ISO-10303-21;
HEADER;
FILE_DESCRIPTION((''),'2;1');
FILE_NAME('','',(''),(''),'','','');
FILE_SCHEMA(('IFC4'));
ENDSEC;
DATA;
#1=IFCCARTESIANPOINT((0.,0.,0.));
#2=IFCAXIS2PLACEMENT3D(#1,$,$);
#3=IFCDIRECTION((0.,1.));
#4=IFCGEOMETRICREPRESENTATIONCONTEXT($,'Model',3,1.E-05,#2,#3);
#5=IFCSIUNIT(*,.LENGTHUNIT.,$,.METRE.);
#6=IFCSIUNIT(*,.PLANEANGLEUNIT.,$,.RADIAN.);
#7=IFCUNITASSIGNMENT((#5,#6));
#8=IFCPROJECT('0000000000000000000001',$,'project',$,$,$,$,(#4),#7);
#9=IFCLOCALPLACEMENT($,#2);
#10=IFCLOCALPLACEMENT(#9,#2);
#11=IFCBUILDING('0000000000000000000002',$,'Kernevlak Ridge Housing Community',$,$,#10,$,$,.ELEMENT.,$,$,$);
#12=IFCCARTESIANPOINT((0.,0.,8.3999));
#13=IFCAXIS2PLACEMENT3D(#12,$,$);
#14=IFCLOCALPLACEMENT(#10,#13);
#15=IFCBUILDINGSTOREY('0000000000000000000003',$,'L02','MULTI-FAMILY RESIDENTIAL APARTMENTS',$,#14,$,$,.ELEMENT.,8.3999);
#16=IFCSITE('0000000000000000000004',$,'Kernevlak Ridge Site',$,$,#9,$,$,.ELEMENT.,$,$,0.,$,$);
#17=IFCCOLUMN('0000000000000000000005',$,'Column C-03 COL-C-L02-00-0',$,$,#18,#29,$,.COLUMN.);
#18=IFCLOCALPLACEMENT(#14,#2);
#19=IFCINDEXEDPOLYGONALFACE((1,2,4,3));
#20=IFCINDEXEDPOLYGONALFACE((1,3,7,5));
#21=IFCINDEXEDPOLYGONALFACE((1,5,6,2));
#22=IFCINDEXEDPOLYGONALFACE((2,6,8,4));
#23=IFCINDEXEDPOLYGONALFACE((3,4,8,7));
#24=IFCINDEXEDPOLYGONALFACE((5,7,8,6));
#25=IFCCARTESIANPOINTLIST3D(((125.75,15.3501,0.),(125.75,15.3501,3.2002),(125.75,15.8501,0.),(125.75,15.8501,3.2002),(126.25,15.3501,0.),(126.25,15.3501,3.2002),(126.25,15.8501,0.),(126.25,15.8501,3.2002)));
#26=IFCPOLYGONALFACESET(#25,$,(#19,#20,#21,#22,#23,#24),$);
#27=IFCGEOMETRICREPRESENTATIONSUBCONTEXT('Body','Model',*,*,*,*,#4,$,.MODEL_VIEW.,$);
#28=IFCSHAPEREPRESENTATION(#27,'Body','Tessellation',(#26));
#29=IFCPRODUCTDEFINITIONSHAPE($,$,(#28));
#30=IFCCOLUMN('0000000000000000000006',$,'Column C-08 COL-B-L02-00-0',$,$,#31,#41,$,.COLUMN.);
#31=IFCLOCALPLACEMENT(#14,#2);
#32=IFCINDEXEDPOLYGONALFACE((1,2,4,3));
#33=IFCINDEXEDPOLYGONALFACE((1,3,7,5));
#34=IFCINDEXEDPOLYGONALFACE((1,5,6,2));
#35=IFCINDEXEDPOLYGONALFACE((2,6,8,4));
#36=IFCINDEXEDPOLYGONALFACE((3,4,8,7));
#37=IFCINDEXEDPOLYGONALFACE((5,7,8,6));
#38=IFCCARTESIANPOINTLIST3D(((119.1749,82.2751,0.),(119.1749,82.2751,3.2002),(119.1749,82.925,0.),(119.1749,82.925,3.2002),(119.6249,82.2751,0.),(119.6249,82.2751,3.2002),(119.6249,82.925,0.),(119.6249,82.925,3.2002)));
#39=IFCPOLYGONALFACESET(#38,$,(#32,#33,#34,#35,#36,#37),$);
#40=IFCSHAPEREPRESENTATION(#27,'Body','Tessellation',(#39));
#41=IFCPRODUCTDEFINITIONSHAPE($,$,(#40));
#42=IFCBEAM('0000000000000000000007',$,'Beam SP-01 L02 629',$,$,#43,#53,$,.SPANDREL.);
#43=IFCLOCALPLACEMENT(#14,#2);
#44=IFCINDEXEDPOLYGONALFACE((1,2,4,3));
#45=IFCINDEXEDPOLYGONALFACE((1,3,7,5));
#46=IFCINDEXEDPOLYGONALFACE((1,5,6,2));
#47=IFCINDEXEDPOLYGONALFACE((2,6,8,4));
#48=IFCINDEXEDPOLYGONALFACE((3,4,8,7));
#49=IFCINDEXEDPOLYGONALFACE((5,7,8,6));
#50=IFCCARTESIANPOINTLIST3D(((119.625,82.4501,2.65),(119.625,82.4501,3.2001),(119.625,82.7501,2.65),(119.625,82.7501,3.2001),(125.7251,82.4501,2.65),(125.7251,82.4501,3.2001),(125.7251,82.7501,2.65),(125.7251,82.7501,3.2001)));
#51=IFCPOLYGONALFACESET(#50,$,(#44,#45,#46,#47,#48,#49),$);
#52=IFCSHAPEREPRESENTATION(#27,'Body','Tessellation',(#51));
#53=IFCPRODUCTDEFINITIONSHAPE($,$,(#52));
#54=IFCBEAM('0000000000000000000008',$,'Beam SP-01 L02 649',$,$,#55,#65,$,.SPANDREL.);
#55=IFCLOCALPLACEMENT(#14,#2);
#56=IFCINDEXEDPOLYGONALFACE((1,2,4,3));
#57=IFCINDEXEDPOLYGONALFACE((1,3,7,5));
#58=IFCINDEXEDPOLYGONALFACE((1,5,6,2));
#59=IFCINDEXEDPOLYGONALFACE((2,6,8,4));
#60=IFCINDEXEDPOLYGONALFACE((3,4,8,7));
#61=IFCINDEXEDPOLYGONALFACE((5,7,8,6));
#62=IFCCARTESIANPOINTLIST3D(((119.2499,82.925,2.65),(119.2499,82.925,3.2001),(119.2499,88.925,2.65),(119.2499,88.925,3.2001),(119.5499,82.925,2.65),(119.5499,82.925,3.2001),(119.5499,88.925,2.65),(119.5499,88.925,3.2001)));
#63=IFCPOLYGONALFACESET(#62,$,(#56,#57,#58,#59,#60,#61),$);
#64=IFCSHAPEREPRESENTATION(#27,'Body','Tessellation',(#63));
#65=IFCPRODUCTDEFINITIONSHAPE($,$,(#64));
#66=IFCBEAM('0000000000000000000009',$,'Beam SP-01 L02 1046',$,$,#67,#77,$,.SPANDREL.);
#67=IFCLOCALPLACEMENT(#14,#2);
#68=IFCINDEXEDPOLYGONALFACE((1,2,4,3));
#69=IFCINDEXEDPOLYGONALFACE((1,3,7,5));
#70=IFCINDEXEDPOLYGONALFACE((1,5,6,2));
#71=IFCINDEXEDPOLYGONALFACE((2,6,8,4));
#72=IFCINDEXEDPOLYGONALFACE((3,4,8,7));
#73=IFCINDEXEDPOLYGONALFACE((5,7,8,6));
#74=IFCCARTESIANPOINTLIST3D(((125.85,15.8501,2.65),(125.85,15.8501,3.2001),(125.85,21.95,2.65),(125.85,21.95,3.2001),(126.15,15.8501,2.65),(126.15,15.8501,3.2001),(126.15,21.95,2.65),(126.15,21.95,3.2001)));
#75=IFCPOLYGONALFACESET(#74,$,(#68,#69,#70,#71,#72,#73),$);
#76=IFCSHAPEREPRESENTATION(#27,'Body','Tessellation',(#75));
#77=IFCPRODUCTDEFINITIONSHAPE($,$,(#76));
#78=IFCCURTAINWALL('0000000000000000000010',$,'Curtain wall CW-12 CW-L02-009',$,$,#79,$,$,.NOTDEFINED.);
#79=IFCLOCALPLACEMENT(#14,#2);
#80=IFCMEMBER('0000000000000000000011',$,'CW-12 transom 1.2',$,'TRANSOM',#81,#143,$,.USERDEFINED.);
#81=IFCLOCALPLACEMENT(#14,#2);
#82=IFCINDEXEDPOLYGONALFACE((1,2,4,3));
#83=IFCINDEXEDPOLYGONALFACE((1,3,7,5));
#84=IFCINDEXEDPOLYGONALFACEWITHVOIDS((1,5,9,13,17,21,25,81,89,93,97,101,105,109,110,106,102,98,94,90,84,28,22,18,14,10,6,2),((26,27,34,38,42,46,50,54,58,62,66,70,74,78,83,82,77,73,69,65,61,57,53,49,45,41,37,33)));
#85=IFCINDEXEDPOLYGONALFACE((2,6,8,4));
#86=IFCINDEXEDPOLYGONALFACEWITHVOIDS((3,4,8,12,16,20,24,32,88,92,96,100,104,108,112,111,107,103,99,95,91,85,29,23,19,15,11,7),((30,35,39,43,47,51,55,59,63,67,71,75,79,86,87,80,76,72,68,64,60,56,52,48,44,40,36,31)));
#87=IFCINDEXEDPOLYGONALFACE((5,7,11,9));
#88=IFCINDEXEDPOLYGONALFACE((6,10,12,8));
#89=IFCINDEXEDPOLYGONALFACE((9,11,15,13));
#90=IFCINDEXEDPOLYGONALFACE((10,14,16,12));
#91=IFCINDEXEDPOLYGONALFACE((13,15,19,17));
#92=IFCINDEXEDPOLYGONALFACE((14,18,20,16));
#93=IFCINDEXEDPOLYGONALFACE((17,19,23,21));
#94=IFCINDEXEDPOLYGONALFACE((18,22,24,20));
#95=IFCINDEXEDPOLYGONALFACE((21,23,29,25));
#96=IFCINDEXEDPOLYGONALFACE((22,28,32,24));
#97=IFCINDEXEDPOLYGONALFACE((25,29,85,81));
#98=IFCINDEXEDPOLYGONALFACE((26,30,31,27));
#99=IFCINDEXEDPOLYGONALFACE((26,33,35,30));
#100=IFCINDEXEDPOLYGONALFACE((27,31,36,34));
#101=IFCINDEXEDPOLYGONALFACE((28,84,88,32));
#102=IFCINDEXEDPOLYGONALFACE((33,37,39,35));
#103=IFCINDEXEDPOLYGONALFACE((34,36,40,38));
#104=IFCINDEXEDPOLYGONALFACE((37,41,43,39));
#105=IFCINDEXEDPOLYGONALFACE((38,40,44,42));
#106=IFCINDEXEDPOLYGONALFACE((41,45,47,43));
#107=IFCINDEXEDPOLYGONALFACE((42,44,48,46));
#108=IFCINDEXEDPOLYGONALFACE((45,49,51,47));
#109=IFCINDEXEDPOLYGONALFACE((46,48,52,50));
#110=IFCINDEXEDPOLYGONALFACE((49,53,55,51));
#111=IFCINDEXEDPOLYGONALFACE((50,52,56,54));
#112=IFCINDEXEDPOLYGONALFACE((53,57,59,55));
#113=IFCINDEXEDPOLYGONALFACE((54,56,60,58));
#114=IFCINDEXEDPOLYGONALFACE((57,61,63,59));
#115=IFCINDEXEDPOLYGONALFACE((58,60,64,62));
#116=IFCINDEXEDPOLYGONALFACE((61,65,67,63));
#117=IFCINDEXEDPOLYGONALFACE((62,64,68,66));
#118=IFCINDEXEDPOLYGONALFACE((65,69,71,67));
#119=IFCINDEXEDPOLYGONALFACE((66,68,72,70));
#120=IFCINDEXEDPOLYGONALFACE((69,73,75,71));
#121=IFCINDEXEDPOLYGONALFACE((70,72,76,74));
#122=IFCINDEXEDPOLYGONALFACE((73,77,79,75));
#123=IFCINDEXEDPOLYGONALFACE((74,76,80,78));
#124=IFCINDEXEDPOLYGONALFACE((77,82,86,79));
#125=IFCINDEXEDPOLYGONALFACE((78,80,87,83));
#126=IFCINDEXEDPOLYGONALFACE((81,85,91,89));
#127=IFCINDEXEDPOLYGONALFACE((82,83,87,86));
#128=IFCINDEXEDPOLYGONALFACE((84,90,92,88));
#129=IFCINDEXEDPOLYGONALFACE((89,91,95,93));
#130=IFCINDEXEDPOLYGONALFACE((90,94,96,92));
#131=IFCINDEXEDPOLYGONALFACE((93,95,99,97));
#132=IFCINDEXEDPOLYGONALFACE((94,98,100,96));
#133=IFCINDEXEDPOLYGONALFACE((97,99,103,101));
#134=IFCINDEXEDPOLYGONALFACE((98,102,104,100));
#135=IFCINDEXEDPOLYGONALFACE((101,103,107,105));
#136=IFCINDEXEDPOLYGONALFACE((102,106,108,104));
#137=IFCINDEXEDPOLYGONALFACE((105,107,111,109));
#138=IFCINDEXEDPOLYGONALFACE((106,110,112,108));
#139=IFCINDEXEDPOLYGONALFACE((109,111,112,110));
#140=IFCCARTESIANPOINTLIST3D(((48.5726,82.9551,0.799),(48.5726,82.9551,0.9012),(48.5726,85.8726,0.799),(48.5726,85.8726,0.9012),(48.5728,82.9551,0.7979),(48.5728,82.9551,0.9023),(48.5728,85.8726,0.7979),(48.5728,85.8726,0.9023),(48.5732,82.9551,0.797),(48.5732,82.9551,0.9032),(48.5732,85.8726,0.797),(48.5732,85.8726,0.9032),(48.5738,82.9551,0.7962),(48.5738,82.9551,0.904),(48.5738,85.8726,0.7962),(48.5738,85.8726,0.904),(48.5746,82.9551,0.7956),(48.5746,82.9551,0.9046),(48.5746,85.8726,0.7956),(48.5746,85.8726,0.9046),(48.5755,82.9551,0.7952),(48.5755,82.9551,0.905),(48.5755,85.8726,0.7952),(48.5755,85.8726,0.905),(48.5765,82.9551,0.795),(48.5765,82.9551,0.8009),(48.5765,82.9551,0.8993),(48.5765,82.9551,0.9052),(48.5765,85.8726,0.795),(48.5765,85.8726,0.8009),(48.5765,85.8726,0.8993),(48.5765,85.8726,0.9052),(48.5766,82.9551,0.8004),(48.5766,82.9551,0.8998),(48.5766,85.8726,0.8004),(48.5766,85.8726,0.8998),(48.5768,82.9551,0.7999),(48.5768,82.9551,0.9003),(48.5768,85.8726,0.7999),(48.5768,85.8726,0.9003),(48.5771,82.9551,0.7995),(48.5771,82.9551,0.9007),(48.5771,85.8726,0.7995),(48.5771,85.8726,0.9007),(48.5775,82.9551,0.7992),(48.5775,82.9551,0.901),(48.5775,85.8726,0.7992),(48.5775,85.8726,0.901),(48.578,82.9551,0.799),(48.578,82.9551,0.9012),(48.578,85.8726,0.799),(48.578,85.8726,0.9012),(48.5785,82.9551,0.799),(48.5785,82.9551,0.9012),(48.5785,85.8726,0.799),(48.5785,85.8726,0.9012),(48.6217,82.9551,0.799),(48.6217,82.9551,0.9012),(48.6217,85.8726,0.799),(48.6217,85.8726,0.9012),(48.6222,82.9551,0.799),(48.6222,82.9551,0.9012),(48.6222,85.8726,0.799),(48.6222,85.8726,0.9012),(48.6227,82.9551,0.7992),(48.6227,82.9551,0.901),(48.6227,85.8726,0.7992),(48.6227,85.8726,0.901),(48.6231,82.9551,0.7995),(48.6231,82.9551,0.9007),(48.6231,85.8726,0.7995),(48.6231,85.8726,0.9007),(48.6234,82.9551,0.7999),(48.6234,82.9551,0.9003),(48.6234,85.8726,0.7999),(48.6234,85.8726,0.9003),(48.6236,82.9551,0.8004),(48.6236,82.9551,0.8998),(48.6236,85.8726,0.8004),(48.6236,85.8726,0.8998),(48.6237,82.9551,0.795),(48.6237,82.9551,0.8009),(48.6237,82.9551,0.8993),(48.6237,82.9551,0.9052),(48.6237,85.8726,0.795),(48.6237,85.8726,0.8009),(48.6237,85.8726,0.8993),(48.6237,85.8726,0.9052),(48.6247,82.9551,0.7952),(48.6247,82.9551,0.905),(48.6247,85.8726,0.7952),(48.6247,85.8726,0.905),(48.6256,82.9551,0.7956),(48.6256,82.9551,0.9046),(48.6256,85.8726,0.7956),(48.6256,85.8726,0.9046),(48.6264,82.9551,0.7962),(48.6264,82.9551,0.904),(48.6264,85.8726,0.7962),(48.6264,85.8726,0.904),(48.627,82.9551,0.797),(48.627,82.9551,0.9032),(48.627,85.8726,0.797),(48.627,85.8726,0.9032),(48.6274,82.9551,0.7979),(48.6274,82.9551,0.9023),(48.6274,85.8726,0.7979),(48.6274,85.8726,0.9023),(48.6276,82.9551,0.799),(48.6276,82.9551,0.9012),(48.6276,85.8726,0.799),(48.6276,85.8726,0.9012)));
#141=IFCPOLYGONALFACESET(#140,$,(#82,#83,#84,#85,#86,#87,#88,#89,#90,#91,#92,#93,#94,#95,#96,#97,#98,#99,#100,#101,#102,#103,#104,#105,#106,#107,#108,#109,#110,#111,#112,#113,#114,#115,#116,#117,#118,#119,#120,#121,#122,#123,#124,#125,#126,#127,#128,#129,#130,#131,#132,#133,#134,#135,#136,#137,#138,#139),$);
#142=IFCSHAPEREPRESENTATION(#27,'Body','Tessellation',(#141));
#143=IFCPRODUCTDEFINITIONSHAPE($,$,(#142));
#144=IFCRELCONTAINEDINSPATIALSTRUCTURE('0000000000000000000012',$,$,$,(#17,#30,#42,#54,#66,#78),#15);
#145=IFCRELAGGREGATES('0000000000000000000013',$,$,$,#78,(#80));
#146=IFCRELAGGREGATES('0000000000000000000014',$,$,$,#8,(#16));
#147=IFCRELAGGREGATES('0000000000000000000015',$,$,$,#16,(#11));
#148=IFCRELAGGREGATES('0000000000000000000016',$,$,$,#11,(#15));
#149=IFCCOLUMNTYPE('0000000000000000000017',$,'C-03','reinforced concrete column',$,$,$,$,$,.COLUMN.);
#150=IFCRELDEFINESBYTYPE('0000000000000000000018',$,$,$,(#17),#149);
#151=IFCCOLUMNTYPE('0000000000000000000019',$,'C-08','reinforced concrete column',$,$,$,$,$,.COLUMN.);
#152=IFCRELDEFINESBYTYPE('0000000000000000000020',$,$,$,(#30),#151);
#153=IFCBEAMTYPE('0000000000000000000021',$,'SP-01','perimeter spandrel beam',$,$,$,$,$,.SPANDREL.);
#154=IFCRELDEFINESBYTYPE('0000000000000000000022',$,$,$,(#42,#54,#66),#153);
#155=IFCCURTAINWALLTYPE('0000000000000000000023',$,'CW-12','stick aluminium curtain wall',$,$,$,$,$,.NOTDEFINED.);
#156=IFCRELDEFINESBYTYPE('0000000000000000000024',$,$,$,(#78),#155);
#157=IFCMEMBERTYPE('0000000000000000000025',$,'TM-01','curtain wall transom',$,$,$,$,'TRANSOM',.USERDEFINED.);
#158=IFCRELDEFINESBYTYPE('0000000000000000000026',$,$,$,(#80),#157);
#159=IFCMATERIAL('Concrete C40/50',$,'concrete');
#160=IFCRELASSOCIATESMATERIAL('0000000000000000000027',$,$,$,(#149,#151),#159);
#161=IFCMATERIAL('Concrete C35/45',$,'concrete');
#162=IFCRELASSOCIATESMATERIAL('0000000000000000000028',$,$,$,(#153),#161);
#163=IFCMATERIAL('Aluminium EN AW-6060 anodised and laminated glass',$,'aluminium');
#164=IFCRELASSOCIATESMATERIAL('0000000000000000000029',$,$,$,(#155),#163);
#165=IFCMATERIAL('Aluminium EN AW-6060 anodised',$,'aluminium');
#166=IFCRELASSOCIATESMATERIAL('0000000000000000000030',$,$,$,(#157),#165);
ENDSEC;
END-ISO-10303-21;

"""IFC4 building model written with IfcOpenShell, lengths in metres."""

from ifc_helpers import new_model, si_unit, direction, frame, origin, origin_2d, place, context, subcontext, project, spatial, rectangle, hollow_rectangle, extrude, material, material_profile, profile_set, type_object, element, aggregate, save


model = new_model("IFC4")

# Units and contexts
model_context = context("Model", 3, precision=1e-05, world=origin(), true_north=direction((0.0, 1.0)))
body_context = subcontext(model_context, "Body", "Model", "MODEL_VIEW")
ifc_project = project(units=[si_unit("LENGTHUNIT", "METRE"), si_unit("PLANEANGLEUNIT", "RADIAN")], contexts=[model_context])

# Site, building, storey
site_placement = place(None, origin())
site = spatial("IfcSite", under=ifc_project, at=site_placement, Name="Kernevlak Ridge Site", CompositionType="ELEMENT", RefElevation=0.0)
building_placement = place(site_placement, origin())
building = spatial("IfcBuilding", under=site, at=building_placement, Name="Kernevlak Ridge Housing Community", CompositionType="ELEMENT")
storey_placement = place(building_placement, frame((0.0, 0.0, 8.3999)))
storey = spatial("IfcBuildingStorey", under=building, at=storey_placement, Name="L02", Description="MULTI-FAMILY RESIDENTIAL APARTMENTS", CompositionType="ELEMENT", Elevation=8.3999)

# Columns
ifc_material_1 = material(Name="Concrete C40/50", Category="concrete")
ifc_material_profile_1 = material_profile(ifc_material_1, rectangle(XDim=0.5, YDim=0.5, at=origin_2d()), Name="RC 500x500")
ifc_profile_set_1 = profile_set([ifc_material_profile_1], Name="Concrete C40/50")
column_type_1 = type_object("IfcColumnType", Name="C-03", Description="reinforced concrete column", PredefinedType="COLUMN", material=ifc_profile_set_1)
column_1_placement = place(storey_placement, frame((126.0, 15.6001, 0.0), z_axis=(0.0, 0.0, 1.0), x_axis=(1.0, 0.0, 0.0)))
element("IfcColumn", 1, at=column_1_placement, inside=storey, type_object=column_type_1, Name="Column C-03 COL-C-L02-00-0", PredefinedType="COLUMN", context=body_context, shape_type="SweptSolid", body=[
    extrude(rectangle(XDim=0.5, YDim=0.5, at=origin_2d()), origin(), (0.0, 0.0, 1.0), 3.2002),
])
ifc_material_profile_2 = material_profile(ifc_material_1, rectangle(XDim=0.45, YDim=0.6499, at=origin_2d()), Name="RC 450x650")
ifc_profile_set_2 = profile_set([ifc_material_profile_2], Name="Concrete C40/50")
column_type_2 = type_object("IfcColumnType", Name="C-08", Description="reinforced concrete column", PredefinedType="COLUMN", material=ifc_profile_set_2)
column_2_placement = place(storey_placement, frame((119.3999, 82.6001, 0.0), z_axis=(0.0, 0.0, 1.0), x_axis=(1.0, 0.0, 0.0)))
element("IfcColumn", 2, at=column_2_placement, inside=storey, type_object=column_type_2, Name="Column C-08 COL-B-L02-00-0", PredefinedType="COLUMN", context=body_context, shape_type="SweptSolid", body=[
    extrude(rectangle(XDim=0.45, YDim=0.6499, at=origin_2d()), origin(), (0.0, 0.0, 1.0), 3.2002),
])

# Beams
ifc_material_2 = material(Name="Concrete C35/45", Category="concrete")
ifc_material_profile_3 = material_profile(ifc_material_2, rectangle(XDim=0.3, YDim=0.55, at=origin_2d()), Name="RC 300x550")
ifc_profile_set_3 = profile_set([ifc_material_profile_3], Name="Concrete C35/45")
beam_type = type_object("IfcBeamType", Name="SP-01", Description="perimeter spandrel beam", PredefinedType="SPANDREL", material=ifc_profile_set_3)
beam_1_placement = place(storey_placement, frame((119.625, 82.6001, 2.925), z_axis=(1.0, 0.0, 0.0), x_axis=(0.0, 1.0, 0.0)))
element("IfcBeam", 3, at=beam_1_placement, inside=storey, type_object=beam_type, Name="Beam SP-01 L02 629", PredefinedType="SPANDREL", context=body_context, shape_type="SweptSolid", body=[
    extrude(rectangle(XDim=0.3, YDim=0.55, at=origin_2d()), origin(), (0.0, 0.0, 1.0), 6.1001),
])
beam_2_placement = place(storey_placement, frame((119.3999, 82.925, 2.925), z_axis=(0.0, 1.0, 0.0), x_axis=(-1.0, 0.0, 0.0)))
element("IfcBeam", 4, at=beam_2_placement, inside=storey, type_object=beam_type, Name="Beam SP-01 L02 649", PredefinedType="SPANDREL", context=body_context, shape_type="SweptSolid", body=[
    extrude(rectangle(XDim=0.3, YDim=0.55, at=origin_2d()), origin(), (0.0, 0.0, 1.0), 6.0),
])
beam_3_placement = place(storey_placement, frame((126.0, 15.8501, 2.925), z_axis=(0.0, 1.0, 0.0), x_axis=(-1.0, 0.0, 0.0)))
element("IfcBeam", 5, at=beam_3_placement, inside=storey, type_object=beam_type, Name="Beam SP-01 L02 1046", PredefinedType="SPANDREL", context=body_context, shape_type="SweptSolid", body=[
    extrude(rectangle(XDim=0.3, YDim=0.55, at=origin_2d()), origin(), (0.0, 0.0, 1.0), 6.0999),
])

# Curtain wall, member
ifc_material_3 = material(Name="Aluminium EN AW-6060 anodised and laminated glass", Category="aluminium")
curtain_wall_type = type_object("IfcCurtainWallType", Name="CW-12", Description="stick aluminium curtain wall", PredefinedType="NOTDEFINED", material=ifc_material_3)
curtain_wall_placement = place(storey_placement, origin())
curtain_wall = element("IfcCurtainWall", 6, at=curtain_wall_placement, inside=storey, type_object=curtain_wall_type, Name="Curtain wall CW-12 CW-L02-009", PredefinedType="NOTDEFINED")
ifc_material_4 = material(Name="Aluminium EN AW-6060 anodised", Category="aluminium")
ifc_material_profile_4 = material_profile(ifc_material_4, hollow_rectangle(XDim=0.0549, YDim=0.1101, WallThickness=0.0039, InnerFilletRadius=0.002, OuterFilletRadius=0.0039, at=origin_2d()), Name="ALU 55x110x4")
ifc_profile_set_4 = profile_set([ifc_material_profile_4], Name="Aluminium EN AW-6060 anodised")
member_type = type_object("IfcMemberType", Name="TM-01", Description="curtain wall transom", ElementType="TRANSOM", PredefinedType="USERDEFINED", material=ifc_profile_set_4)
member_1_placement = place(storey_placement, frame((48.6001, 82.9551, 0.8501), z_axis=(0.0, 1.0, 0.0), x_axis=(-1.0, 0.0, 0.0)))
member_1 = element("IfcMember", 7, at=member_1_placement, type_object=member_type, Name="CW-12 transom 1.2", ObjectType="TRANSOM", PredefinedType="USERDEFINED", context=body_context, shape_type="SweptSolid", body=[
    extrude(hollow_rectangle(XDim=0.0549, YDim=0.1101, WallThickness=0.0039, InnerFilletRadius=0.002, OuterFilletRadius=0.0039, at=origin_2d()), origin(), (0.0, 0.0, 1.0), 2.9175),
])
aggregate(curtain_wall, [member_1])

save(model, "model.ifc")
